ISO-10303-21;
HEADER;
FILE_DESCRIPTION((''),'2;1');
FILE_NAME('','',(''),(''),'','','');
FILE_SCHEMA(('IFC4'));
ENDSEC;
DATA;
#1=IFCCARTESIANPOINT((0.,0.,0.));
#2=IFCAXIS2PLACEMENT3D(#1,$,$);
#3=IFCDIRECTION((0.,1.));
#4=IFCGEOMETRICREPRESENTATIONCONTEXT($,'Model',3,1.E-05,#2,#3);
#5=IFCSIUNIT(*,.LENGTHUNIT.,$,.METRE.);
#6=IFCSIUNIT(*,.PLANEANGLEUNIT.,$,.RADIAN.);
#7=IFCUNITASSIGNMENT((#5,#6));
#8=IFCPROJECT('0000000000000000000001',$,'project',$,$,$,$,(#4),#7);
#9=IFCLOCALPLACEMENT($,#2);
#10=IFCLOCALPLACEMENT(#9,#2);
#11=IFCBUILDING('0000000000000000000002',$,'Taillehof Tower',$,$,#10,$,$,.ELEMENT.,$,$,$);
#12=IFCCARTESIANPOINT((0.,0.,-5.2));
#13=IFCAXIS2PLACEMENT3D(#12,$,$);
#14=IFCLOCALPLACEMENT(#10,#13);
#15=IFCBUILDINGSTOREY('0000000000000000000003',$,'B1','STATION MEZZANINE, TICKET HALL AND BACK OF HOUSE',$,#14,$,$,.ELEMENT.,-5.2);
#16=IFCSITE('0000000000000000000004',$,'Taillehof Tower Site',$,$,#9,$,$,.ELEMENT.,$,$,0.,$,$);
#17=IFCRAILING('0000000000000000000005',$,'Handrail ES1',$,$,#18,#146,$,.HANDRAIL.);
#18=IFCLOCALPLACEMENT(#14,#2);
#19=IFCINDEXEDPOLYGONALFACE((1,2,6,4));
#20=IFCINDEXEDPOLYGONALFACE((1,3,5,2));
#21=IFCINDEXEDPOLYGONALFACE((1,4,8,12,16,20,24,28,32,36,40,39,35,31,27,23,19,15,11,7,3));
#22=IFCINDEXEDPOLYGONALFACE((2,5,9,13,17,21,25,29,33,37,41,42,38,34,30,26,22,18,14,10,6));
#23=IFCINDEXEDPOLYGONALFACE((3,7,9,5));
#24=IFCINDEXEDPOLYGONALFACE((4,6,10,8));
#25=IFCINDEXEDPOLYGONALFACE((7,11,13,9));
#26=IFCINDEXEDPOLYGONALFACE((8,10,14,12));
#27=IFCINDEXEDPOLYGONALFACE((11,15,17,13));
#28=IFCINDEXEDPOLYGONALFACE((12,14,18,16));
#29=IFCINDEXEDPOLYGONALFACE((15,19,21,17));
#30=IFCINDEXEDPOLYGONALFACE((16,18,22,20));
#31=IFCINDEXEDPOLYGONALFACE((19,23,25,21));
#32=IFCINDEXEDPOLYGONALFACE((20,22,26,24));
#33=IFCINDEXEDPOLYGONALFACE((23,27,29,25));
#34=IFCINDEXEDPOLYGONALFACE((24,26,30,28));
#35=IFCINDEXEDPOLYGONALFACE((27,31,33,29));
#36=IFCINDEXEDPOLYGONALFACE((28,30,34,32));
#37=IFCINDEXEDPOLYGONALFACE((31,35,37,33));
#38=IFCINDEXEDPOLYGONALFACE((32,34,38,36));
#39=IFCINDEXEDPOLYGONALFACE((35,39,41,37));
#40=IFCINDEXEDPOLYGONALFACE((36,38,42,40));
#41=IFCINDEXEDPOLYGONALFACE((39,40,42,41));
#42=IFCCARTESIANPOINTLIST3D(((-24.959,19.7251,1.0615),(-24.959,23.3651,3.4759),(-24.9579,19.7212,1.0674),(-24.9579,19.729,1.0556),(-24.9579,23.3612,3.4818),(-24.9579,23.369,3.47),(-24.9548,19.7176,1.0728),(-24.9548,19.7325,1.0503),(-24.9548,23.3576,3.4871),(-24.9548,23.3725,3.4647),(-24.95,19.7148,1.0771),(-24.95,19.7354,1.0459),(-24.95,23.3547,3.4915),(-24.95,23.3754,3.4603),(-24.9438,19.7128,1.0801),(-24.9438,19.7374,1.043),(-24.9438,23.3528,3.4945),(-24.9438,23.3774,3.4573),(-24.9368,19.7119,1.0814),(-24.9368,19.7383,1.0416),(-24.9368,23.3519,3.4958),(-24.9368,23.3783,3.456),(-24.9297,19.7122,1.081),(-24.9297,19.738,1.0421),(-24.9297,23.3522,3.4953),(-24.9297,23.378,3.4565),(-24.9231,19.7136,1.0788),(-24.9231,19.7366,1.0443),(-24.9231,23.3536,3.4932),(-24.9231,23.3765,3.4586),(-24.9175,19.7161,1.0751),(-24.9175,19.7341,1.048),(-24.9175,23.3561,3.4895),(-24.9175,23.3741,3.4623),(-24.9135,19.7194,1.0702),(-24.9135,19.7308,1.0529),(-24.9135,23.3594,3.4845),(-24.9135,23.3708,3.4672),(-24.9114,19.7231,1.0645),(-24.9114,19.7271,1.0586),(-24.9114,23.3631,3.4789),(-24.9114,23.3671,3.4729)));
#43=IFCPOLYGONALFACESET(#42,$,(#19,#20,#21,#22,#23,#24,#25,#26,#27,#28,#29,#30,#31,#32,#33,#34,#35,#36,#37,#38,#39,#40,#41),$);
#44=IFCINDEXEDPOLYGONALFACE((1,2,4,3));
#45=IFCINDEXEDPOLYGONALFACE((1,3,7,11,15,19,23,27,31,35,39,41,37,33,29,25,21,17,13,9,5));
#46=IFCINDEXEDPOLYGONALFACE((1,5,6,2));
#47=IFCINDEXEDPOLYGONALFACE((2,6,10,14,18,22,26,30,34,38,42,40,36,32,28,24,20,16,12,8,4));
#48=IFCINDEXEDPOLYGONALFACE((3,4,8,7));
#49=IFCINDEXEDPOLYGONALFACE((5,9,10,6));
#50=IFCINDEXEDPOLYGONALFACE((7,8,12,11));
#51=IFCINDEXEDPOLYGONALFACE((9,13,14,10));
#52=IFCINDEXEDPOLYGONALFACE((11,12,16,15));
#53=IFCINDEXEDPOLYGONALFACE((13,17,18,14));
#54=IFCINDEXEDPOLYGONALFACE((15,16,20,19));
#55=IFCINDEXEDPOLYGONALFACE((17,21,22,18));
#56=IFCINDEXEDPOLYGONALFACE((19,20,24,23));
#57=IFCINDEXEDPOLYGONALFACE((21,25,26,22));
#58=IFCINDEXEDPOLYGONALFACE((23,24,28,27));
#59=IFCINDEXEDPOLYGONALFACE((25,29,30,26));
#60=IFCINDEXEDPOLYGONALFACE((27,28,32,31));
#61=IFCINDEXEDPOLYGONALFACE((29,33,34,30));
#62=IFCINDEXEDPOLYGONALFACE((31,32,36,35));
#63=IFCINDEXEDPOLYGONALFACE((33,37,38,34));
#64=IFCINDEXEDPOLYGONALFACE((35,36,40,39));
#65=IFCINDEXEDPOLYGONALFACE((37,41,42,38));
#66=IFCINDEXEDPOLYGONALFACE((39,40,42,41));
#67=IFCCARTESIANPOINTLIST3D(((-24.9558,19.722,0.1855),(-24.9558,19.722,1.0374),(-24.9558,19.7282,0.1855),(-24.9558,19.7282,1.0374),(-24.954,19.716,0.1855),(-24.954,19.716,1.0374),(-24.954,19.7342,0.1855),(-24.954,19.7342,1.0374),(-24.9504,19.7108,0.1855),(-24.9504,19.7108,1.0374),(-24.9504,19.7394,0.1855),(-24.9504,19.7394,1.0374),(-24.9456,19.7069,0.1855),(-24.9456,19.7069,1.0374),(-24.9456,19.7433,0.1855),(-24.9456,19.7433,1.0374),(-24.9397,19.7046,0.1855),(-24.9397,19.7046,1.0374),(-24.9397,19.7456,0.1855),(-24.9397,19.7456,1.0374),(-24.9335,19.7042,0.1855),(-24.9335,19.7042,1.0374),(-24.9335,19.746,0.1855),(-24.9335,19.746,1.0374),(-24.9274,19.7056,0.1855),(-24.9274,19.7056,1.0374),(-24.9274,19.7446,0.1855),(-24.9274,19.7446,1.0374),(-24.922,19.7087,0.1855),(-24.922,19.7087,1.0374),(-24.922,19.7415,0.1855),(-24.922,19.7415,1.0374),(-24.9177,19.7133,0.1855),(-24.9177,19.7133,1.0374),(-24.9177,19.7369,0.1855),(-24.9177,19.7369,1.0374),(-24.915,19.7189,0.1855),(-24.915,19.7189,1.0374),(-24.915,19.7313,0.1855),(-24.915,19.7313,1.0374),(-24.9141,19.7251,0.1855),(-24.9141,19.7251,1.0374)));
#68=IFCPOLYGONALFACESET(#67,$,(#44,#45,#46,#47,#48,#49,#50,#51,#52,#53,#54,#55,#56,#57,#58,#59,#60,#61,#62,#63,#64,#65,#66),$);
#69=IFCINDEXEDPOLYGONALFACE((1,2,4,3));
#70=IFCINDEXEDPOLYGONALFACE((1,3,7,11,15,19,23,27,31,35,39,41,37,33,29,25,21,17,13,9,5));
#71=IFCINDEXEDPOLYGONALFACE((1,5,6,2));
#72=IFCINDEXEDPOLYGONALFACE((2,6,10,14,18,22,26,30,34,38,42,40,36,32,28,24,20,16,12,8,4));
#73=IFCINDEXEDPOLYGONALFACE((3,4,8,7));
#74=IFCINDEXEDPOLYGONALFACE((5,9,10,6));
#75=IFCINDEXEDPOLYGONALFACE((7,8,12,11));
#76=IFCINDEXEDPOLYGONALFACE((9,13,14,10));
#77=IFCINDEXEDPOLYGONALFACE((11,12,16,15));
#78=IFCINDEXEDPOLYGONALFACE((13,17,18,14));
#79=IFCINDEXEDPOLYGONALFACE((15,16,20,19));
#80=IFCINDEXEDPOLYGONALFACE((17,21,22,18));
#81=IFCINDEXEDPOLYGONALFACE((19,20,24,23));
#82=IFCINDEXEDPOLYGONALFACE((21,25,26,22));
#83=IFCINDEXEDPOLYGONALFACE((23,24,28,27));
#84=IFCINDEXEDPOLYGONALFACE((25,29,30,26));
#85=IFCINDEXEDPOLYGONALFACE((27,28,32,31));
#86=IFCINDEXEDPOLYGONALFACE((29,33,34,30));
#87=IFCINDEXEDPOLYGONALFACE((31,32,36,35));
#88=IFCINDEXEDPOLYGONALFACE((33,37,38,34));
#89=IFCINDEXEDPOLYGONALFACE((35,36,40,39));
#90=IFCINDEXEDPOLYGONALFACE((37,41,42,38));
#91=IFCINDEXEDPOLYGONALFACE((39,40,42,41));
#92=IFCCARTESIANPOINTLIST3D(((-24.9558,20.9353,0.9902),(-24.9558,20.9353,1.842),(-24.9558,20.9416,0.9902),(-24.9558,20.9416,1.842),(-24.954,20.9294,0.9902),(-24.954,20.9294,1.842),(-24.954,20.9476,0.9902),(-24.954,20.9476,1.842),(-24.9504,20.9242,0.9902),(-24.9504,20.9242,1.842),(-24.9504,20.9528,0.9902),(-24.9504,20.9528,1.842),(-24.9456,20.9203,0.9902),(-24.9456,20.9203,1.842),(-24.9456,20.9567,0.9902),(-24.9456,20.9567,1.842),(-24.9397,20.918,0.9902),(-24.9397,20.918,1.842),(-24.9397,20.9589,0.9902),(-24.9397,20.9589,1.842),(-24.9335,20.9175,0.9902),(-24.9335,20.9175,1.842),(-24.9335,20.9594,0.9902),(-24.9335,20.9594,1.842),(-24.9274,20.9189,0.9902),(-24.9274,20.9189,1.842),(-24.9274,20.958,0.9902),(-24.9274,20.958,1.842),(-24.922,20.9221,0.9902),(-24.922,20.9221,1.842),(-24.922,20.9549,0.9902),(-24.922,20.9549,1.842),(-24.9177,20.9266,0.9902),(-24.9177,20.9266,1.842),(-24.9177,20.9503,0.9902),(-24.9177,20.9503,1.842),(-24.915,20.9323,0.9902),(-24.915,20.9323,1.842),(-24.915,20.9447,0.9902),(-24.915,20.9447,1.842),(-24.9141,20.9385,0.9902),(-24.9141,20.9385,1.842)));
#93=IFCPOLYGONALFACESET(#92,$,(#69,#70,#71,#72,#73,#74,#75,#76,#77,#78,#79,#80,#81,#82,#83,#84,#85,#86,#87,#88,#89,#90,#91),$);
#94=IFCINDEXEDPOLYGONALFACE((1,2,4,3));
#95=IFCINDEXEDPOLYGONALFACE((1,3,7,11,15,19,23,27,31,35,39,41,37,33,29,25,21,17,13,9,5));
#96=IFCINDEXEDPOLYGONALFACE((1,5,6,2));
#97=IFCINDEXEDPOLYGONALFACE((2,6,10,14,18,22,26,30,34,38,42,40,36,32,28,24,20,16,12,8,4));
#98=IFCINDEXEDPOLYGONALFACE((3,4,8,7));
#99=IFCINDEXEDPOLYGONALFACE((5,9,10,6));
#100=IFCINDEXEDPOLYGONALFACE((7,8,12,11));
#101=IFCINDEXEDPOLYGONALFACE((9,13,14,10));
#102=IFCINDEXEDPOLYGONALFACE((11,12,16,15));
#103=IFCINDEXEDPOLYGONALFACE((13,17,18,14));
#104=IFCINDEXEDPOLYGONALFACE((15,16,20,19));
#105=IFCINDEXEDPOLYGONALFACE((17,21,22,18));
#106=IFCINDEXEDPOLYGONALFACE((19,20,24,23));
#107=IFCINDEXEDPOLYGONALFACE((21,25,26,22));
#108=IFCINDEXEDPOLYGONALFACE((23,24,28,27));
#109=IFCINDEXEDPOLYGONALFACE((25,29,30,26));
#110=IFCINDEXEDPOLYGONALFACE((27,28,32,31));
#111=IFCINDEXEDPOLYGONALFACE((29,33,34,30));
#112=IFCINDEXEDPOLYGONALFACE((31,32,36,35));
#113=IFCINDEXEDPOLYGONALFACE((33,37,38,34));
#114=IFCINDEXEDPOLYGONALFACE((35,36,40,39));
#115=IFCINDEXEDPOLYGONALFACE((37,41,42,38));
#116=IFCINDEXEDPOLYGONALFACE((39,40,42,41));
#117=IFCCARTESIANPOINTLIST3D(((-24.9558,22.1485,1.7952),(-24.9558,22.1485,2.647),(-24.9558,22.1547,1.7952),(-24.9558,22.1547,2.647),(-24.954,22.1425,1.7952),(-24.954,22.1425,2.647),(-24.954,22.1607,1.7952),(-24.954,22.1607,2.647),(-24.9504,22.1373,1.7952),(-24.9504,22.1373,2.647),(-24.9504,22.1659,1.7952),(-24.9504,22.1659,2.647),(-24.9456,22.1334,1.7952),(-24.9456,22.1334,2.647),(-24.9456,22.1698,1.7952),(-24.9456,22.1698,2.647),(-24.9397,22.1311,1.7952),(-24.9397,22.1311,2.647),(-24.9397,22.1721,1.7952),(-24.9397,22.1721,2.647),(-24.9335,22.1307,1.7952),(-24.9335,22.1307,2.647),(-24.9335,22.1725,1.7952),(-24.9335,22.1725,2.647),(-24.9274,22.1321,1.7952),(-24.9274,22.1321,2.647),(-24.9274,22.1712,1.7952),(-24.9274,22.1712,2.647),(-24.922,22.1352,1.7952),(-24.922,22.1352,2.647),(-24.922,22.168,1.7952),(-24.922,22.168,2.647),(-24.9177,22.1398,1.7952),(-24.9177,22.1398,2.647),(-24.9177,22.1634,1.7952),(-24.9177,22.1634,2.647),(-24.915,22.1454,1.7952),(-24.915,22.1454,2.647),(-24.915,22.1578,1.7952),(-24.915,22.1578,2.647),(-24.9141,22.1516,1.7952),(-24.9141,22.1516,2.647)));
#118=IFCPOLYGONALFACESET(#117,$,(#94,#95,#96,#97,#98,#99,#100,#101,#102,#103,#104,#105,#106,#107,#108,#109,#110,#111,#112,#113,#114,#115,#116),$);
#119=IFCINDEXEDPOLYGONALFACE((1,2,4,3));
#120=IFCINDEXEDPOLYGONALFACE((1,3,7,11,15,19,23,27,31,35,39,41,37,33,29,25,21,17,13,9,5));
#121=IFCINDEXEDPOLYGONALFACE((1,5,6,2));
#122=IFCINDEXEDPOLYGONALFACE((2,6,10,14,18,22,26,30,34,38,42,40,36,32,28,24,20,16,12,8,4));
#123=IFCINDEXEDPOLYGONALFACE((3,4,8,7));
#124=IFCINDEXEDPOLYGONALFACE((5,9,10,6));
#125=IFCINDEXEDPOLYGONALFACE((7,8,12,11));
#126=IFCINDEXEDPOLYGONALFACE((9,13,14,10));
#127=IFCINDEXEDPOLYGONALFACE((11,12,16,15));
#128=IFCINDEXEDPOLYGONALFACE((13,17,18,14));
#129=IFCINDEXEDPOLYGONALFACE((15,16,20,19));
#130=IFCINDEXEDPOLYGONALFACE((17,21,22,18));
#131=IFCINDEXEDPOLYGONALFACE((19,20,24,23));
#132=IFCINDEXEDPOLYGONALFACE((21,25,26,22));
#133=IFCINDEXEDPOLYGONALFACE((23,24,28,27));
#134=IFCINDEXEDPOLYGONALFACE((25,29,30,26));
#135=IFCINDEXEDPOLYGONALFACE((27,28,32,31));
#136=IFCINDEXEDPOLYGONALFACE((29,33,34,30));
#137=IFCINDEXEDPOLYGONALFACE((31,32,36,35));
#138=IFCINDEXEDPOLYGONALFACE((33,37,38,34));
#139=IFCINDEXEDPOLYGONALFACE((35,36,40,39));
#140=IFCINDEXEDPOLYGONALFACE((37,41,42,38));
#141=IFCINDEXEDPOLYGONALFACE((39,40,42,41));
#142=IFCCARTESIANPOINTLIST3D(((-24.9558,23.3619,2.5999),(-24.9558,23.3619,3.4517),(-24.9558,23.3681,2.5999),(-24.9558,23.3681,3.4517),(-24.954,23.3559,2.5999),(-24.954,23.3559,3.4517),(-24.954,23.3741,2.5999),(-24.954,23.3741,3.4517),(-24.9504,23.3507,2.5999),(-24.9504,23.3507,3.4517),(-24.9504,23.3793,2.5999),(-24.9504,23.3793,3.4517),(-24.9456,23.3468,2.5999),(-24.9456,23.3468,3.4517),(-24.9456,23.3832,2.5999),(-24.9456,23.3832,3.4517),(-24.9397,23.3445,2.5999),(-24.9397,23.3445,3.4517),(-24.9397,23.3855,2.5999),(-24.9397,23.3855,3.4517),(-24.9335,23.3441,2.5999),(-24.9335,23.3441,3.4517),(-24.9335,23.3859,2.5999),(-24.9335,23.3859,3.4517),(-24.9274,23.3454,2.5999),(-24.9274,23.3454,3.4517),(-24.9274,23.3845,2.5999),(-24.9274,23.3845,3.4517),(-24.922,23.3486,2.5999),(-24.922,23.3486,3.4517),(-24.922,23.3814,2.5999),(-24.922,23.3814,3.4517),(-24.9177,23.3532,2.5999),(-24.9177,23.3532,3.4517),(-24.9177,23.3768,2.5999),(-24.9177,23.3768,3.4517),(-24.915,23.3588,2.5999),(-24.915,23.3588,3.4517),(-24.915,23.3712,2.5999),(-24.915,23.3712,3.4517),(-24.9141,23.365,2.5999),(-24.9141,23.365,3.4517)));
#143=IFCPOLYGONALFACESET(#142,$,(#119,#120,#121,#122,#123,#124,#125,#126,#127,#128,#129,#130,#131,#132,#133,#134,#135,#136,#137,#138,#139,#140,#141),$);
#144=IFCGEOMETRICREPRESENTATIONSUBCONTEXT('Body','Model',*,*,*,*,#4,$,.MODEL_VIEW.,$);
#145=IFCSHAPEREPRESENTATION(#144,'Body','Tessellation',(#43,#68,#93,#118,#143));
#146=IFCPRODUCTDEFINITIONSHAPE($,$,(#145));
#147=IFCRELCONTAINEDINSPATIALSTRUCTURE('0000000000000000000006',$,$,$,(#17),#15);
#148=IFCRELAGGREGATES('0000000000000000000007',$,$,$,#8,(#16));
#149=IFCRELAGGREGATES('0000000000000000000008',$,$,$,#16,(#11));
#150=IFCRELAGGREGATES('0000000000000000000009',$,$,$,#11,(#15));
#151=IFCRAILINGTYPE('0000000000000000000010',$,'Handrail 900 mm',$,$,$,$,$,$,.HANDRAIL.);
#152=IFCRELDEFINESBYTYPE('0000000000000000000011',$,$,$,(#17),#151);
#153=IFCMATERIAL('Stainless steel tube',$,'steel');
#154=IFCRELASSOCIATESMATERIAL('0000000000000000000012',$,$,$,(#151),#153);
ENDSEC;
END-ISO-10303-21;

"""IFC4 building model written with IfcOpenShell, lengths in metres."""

from ifc_helpers import new_model, si_unit, direction, frame, origin, origin_2d, place, context, subcontext, project, spatial, circle, extrude, material, type_object, element, save


model = new_model("IFC4")

# Units and contexts
model_context = context("Model", 3, precision=1e-05, world=origin(), true_north=direction((0.0, 1.0)))
body_context = subcontext(model_context, "Body", "Model", "MODEL_VIEW")
ifc_project = project(units=[si_unit("LENGTHUNIT", "METRE"), si_unit("PLANEANGLEUNIT", "RADIAN")], contexts=[model_context])

# Site, building, storey
site_placement = place(None, origin())
site = spatial("IfcSite", under=ifc_project, at=site_placement, Name="Taillehof Tower Site", CompositionType="ELEMENT", RefElevation=0.0)
building_placement = place(site_placement, origin())
building = spatial("IfcBuilding", under=site, at=building_placement, Name="Taillehof Tower", CompositionType="ELEMENT")
storey_placement = place(building_placement, frame((0.0, 0.0, -5.2)))
storey = spatial("IfcBuildingStorey", under=building, at=storey_placement, Name="B1", Description="STATION MEZZANINE, TICKET HALL AND BACK OF HOUSE", CompositionType="ELEMENT", Elevation=-5.2)

# Railing
ifc_material_1 = material(Name="Stainless steel tube", Category="steel")
railing_type_1 = type_object("IfcRailingType", Name="Handrail 900 mm", PredefinedType="HANDRAIL", material=ifc_material_1)
for number, where, name in (
    (1, (-24.9351, 19.7251, 0.1855), "Handrail ES1"),
):
    element("IfcRailing", number, at=place(storey_placement, frame(where)), inside=storey, type_object=railing_type_1, Name=name, PredefinedType="HANDRAIL", context=body_context, shape_type="SweptSolid", body=[
        extrude(circle(Radius=0.0239, at=origin_2d()), frame((0.0, 0.0, 0.876), z_axis=(0.0, 0.833347, 0.552751), x_axis=(-1.0, 0.0, 0.0)), (0.0, 0.0, 1.0), 4.3679),
        extrude(circle(Radius=0.021, at=origin_2d()), origin(), (0.0, 0.0, 1.0), 0.8518),
        extrude(circle(Radius=0.021, at=origin_2d()), frame((0.0, 1.2134, 0.8047)), (0.0, 0.0, 1.0), 0.8518),
        extrude(circle(Radius=0.021, at=origin_2d()), frame((0.0, 2.4265, 1.6096)), (0.0, 0.0, 1.0), 0.8518),
        extrude(circle(Radius=0.021, at=origin_2d()), frame((0.0, 3.6399, 2.4143)), (0.0, 0.0, 1.0), 0.8518),
    ])

save(model, "model.ifc")
